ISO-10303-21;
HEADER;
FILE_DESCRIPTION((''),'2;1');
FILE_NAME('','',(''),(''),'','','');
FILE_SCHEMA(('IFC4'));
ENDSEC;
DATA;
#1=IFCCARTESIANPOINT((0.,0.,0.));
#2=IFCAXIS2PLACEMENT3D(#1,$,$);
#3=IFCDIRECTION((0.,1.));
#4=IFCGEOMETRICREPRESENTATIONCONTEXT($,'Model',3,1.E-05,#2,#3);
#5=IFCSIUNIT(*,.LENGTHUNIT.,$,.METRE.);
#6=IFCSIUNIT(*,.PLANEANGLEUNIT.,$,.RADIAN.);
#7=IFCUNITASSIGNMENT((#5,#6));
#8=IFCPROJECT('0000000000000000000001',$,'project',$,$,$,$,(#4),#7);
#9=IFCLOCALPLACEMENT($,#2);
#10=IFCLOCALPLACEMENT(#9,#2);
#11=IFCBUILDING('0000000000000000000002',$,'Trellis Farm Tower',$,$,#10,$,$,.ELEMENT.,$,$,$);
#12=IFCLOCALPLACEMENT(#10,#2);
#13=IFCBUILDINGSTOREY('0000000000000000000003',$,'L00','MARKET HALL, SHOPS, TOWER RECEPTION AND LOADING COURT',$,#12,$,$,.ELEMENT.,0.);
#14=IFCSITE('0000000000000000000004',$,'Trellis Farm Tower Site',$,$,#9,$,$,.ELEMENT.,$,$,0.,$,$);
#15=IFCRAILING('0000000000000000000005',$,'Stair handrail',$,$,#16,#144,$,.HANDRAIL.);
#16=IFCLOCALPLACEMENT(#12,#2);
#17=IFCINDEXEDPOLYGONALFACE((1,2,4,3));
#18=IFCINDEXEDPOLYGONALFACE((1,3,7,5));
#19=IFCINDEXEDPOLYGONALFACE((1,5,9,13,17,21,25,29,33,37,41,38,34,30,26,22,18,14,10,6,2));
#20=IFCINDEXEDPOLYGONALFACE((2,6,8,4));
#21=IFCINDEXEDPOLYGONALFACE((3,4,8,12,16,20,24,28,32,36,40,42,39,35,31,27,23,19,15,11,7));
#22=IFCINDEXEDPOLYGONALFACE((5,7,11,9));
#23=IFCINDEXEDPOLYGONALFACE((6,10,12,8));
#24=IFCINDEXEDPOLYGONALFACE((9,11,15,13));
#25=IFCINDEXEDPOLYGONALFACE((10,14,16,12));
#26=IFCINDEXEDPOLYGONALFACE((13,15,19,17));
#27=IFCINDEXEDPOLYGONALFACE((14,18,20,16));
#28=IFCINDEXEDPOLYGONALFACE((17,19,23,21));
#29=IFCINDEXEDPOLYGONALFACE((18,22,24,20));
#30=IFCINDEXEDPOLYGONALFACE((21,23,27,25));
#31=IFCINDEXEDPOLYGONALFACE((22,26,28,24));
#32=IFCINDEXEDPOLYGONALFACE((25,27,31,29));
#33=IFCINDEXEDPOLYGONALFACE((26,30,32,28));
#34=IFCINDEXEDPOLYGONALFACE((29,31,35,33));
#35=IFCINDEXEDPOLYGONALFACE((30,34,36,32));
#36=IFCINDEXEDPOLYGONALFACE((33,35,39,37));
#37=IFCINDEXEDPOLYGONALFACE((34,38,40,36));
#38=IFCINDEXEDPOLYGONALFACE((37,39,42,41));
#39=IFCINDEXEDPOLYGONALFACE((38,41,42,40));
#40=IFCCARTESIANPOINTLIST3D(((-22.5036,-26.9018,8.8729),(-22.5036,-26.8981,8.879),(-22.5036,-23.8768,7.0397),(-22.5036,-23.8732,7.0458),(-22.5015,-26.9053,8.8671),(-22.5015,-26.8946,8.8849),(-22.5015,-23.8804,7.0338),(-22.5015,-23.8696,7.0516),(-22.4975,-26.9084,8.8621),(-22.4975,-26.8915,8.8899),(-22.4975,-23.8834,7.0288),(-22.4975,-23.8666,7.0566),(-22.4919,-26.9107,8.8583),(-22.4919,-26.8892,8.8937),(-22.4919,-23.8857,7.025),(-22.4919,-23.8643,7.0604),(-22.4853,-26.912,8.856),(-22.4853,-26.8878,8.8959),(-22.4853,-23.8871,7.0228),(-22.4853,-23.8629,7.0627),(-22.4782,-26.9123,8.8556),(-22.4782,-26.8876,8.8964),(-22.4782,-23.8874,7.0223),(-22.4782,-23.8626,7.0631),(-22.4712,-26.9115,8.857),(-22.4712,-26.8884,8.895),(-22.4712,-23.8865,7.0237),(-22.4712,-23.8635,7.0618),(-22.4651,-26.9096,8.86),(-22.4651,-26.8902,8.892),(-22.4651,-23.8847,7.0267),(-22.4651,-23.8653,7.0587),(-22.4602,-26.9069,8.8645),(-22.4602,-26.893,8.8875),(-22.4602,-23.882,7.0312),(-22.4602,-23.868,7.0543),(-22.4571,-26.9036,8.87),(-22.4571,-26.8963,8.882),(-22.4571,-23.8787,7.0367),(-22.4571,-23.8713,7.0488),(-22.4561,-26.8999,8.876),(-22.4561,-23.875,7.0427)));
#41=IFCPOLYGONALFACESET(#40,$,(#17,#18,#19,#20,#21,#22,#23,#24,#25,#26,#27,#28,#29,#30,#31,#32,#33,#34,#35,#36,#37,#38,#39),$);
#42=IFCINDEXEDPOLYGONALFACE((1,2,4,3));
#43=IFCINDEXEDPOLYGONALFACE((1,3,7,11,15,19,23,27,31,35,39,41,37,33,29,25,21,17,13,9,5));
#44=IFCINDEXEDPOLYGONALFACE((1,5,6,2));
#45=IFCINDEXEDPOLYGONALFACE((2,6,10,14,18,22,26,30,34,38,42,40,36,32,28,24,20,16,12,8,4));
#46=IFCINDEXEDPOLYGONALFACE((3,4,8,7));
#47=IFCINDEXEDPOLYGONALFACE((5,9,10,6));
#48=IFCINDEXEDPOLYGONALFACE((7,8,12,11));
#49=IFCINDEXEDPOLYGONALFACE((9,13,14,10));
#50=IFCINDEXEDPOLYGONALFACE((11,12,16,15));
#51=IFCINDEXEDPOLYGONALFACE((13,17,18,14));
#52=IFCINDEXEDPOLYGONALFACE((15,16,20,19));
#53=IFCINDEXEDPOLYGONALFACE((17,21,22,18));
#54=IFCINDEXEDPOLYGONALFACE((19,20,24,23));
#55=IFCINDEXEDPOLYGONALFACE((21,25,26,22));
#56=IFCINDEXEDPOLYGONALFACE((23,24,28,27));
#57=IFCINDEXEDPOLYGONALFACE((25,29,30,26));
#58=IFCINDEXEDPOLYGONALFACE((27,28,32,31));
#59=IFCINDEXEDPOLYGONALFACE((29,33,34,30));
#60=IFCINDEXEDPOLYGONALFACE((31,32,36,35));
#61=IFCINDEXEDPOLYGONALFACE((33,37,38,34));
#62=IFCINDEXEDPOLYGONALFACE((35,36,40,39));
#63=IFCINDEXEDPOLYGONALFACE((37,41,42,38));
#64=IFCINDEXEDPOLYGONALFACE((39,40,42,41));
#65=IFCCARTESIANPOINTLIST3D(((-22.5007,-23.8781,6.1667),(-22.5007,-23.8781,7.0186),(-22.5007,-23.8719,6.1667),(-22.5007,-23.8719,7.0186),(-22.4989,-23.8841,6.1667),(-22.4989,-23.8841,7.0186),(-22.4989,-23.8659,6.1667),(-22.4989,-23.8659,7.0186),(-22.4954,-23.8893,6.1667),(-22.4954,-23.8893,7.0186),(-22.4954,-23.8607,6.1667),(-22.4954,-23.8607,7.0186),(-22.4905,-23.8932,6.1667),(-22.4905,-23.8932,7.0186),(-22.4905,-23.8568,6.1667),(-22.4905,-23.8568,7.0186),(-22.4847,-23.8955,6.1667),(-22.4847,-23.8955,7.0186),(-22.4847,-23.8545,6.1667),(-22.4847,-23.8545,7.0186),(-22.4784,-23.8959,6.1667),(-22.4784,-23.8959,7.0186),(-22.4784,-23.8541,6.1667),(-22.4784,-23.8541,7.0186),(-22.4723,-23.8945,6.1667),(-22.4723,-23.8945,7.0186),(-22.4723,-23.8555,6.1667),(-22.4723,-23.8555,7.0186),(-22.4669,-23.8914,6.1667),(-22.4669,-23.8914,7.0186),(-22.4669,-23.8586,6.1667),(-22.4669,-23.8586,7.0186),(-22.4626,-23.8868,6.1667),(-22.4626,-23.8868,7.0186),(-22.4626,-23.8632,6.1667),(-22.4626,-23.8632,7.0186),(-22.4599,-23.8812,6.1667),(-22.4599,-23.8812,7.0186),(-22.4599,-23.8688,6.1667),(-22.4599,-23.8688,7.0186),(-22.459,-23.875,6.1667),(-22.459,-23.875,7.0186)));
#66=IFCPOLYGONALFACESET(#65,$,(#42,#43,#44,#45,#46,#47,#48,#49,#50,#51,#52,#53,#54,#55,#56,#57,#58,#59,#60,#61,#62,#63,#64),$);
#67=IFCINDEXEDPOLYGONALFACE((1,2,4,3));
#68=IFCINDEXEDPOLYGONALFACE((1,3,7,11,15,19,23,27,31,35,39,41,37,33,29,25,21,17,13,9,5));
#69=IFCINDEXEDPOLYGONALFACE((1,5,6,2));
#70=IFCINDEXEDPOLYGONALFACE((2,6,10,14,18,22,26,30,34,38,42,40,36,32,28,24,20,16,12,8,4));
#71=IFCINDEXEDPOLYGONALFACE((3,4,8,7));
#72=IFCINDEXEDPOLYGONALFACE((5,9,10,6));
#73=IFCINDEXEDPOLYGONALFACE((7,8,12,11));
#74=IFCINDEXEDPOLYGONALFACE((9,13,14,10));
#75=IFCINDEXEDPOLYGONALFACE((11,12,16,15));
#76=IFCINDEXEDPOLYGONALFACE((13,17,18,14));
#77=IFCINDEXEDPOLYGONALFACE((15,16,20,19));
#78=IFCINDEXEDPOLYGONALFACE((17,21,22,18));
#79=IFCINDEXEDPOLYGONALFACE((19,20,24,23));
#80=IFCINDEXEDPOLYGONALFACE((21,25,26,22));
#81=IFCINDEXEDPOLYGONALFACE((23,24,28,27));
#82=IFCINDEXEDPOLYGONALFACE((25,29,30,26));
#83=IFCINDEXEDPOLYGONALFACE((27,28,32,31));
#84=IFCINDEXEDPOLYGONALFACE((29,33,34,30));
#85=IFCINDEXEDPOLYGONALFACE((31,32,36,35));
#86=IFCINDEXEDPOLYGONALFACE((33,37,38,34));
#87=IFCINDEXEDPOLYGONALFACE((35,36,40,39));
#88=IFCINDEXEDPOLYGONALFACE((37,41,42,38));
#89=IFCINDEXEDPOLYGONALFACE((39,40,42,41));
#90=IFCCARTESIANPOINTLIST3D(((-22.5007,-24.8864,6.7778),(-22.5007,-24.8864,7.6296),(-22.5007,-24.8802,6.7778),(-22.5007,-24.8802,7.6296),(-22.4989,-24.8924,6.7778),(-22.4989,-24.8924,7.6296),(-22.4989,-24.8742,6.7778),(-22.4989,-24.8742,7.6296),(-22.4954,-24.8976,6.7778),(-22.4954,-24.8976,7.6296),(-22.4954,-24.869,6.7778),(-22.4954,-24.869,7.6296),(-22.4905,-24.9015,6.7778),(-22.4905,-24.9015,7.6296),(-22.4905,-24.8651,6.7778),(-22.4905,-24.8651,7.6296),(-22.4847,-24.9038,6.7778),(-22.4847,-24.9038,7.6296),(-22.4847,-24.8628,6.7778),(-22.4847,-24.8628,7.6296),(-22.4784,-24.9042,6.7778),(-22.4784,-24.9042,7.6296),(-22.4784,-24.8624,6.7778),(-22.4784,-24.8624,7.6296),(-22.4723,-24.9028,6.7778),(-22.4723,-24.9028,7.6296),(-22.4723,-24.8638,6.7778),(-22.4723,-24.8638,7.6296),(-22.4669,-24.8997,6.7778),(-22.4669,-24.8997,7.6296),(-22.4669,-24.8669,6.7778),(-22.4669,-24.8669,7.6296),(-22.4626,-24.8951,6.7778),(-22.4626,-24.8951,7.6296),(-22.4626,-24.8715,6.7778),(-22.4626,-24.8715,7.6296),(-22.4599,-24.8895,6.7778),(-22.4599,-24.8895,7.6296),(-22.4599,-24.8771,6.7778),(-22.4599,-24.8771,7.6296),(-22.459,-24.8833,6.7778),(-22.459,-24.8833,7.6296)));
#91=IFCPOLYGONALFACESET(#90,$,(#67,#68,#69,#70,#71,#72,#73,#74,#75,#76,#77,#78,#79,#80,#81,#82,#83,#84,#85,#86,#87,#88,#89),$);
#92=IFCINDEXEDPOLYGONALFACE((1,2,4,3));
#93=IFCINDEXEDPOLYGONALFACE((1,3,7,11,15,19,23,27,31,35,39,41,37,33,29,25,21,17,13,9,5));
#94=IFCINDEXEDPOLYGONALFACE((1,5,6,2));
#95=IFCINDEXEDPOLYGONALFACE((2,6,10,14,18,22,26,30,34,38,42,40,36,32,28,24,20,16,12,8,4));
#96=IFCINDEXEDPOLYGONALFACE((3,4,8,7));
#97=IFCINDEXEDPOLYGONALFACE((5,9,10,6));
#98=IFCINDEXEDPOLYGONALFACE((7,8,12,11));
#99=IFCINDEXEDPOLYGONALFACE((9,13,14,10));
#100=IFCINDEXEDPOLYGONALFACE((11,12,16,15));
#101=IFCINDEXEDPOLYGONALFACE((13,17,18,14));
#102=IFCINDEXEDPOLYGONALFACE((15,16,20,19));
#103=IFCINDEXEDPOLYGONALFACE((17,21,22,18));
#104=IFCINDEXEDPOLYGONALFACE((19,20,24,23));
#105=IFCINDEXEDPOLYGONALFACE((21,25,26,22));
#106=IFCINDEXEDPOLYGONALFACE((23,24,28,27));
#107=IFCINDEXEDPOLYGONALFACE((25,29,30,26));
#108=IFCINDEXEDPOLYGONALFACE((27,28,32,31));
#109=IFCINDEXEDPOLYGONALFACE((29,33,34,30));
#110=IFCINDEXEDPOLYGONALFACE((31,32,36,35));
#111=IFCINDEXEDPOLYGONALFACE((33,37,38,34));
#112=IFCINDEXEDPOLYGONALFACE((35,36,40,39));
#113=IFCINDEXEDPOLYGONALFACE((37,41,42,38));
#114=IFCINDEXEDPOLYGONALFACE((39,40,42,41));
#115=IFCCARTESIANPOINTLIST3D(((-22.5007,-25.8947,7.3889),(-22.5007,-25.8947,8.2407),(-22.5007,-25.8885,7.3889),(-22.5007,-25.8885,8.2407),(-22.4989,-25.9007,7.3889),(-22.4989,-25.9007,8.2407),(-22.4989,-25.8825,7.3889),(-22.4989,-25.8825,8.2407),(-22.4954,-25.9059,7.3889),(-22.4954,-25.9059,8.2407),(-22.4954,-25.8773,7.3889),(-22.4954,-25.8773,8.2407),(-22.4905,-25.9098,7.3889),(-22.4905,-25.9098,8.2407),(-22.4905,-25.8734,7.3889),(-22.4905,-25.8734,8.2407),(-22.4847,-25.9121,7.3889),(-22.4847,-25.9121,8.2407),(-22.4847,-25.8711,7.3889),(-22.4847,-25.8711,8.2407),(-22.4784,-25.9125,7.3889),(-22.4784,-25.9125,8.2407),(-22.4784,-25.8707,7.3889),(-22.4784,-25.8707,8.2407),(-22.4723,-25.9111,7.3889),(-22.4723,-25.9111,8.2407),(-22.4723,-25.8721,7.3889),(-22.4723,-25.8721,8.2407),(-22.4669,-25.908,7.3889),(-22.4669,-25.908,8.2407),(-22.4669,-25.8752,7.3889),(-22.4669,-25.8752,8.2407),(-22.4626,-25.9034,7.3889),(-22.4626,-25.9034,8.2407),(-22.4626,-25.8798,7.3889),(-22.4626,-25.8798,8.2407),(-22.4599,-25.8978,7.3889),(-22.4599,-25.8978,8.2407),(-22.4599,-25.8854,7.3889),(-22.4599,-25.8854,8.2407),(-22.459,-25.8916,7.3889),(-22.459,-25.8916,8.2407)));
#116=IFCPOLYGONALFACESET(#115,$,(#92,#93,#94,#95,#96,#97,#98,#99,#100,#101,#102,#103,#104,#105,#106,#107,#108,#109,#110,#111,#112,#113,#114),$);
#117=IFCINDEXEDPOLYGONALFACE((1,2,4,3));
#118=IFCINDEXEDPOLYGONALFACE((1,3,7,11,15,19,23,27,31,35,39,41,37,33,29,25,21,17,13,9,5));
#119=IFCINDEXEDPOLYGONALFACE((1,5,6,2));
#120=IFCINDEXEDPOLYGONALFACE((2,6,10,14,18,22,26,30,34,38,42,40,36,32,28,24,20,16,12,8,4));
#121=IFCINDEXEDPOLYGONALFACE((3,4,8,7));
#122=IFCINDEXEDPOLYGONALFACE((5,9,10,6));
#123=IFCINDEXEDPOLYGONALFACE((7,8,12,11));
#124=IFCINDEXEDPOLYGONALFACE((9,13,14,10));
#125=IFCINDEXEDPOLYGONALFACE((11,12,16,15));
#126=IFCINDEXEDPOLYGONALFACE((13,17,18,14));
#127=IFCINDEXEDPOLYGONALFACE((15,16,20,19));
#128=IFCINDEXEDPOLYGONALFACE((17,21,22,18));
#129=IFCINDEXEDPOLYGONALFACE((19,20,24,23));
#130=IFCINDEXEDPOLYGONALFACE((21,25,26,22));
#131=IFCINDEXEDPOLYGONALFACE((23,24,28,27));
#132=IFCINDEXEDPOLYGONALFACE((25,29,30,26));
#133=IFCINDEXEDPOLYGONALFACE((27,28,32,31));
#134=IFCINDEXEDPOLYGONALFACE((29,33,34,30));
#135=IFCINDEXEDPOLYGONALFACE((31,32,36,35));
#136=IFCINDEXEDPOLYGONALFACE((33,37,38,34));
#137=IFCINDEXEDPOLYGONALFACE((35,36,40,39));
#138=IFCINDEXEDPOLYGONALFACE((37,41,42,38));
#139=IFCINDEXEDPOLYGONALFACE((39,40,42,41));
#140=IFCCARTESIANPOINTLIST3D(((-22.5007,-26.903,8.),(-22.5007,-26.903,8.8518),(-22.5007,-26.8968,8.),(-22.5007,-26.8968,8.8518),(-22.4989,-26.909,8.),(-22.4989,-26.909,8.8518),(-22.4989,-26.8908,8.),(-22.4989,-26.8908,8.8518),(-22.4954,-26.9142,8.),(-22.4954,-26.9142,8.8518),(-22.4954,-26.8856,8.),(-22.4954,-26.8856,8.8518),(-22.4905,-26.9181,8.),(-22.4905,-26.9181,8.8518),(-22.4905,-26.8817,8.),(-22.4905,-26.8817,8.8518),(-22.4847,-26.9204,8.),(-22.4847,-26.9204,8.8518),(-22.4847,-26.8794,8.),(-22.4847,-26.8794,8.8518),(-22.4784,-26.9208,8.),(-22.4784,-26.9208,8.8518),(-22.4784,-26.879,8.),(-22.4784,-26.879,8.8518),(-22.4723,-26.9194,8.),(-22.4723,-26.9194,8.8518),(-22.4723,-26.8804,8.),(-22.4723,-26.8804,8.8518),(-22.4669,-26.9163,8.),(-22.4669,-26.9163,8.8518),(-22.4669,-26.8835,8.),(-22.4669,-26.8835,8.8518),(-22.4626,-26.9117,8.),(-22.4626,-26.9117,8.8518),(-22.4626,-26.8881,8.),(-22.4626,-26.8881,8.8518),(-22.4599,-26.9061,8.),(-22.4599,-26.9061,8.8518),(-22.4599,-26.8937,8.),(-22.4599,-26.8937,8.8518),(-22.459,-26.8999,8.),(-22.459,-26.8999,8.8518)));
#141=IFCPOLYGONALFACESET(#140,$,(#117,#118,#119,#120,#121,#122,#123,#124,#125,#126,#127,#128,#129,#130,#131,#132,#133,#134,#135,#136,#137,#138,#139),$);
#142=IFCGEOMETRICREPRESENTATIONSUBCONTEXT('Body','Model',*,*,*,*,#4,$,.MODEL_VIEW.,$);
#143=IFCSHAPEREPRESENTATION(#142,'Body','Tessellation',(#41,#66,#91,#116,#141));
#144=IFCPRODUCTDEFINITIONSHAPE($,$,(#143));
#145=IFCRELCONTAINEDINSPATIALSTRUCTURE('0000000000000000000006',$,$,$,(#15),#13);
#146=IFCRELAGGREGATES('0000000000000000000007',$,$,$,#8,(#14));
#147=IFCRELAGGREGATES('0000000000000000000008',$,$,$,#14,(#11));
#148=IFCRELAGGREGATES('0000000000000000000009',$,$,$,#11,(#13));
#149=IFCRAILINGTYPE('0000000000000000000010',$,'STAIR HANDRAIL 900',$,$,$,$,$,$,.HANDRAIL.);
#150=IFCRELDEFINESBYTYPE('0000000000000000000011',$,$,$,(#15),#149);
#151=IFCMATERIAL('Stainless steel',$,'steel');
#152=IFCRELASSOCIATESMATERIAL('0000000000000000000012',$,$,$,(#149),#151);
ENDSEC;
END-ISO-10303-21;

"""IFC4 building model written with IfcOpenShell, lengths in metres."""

from ifc_helpers import new_model, si_unit, direction, frame, origin, origin_2d, place, context, subcontext, project, spatial, circle, extrude, source, transform, mapped, material, type_object, element, save


model = new_model("IFC4")

# Units and contexts
model_context = context("Model", 3, precision=1e-05, world=origin(), true_north=direction((0.0, 1.0)))
body_context = subcontext(model_context, "Body", "Model", "MODEL_VIEW")
ifc_project = project(units=[si_unit("LENGTHUNIT", "METRE"), si_unit("PLANEANGLEUNIT", "RADIAN")], contexts=[model_context])

# Site, building, storey
site_placement = place(None, origin())
site = spatial("IfcSite", under=ifc_project, at=site_placement, Name="Trellis Farm Tower Site", CompositionType="ELEMENT", RefElevation=0.0)
building_placement = place(site_placement, origin())
building = spatial("IfcBuilding", under=site, at=building_placement, Name="Trellis Farm Tower", CompositionType="ELEMENT")
storey_placement = place(building_placement, origin())
storey = spatial("IfcBuildingStorey", under=building, at=storey_placement, Name="L00", Description="MARKET HALL, SHOPS, TOWER RECEPTION AND LOADING COURT", CompositionType="ELEMENT", Elevation=0.0)

# Railing
ifc_material_1 = material(Name="Stainless steel", Category="steel")
railing_type = type_object("IfcRailingType", Name="STAIR HANDRAIL 900", PredefinedType="HANDRAIL", material=ifc_material_1)
shared_shape_1 = source(origin(), body_context, "Body", "SweptSolid", [
    extrude(circle(Radius=0.0239, at=origin_2d()), frame((0.0, 0.0, 0.876), z_axis=(0.0, -0.855201, 0.518297), x_axis=(1.0, 0.0, 0.0)), (0.0, 0.0, 1.0), 3.5371),
    extrude(circle(Radius=0.021, at=origin_2d()), origin(), (0.0, 0.0, 1.0), 0.8518),
    extrude(circle(Radius=0.021, at=origin_2d()), frame((0.0, -1.0083, 0.6111)), (0.0, 0.0, 1.0), 0.8518),
    extrude(circle(Radius=0.021, at=origin_2d()), frame((0.0, -2.0166, 1.2222)), (0.0, 0.0, 1.0), 0.8518),
    extrude(circle(Radius=0.021, at=origin_2d()), frame((0.0, -3.0249, 1.8333)), (0.0, 0.0, 1.0), 0.8518),
])
for number, where, name in (
    (1, (-22.48, -23.875, 6.1667), "Stair handrail"),
):
    element("IfcRailing", number, at=place(storey_placement, frame(where)), inside=storey, type_object=railing_type, Name=name, PredefinedType="HANDRAIL", context=body_context, shape_type="MappedRepresentation", body=[
        mapped(shared_shape_1, transform((0.0, 0.0, 0.0))),
    ])

save(model, "model.ifc")
